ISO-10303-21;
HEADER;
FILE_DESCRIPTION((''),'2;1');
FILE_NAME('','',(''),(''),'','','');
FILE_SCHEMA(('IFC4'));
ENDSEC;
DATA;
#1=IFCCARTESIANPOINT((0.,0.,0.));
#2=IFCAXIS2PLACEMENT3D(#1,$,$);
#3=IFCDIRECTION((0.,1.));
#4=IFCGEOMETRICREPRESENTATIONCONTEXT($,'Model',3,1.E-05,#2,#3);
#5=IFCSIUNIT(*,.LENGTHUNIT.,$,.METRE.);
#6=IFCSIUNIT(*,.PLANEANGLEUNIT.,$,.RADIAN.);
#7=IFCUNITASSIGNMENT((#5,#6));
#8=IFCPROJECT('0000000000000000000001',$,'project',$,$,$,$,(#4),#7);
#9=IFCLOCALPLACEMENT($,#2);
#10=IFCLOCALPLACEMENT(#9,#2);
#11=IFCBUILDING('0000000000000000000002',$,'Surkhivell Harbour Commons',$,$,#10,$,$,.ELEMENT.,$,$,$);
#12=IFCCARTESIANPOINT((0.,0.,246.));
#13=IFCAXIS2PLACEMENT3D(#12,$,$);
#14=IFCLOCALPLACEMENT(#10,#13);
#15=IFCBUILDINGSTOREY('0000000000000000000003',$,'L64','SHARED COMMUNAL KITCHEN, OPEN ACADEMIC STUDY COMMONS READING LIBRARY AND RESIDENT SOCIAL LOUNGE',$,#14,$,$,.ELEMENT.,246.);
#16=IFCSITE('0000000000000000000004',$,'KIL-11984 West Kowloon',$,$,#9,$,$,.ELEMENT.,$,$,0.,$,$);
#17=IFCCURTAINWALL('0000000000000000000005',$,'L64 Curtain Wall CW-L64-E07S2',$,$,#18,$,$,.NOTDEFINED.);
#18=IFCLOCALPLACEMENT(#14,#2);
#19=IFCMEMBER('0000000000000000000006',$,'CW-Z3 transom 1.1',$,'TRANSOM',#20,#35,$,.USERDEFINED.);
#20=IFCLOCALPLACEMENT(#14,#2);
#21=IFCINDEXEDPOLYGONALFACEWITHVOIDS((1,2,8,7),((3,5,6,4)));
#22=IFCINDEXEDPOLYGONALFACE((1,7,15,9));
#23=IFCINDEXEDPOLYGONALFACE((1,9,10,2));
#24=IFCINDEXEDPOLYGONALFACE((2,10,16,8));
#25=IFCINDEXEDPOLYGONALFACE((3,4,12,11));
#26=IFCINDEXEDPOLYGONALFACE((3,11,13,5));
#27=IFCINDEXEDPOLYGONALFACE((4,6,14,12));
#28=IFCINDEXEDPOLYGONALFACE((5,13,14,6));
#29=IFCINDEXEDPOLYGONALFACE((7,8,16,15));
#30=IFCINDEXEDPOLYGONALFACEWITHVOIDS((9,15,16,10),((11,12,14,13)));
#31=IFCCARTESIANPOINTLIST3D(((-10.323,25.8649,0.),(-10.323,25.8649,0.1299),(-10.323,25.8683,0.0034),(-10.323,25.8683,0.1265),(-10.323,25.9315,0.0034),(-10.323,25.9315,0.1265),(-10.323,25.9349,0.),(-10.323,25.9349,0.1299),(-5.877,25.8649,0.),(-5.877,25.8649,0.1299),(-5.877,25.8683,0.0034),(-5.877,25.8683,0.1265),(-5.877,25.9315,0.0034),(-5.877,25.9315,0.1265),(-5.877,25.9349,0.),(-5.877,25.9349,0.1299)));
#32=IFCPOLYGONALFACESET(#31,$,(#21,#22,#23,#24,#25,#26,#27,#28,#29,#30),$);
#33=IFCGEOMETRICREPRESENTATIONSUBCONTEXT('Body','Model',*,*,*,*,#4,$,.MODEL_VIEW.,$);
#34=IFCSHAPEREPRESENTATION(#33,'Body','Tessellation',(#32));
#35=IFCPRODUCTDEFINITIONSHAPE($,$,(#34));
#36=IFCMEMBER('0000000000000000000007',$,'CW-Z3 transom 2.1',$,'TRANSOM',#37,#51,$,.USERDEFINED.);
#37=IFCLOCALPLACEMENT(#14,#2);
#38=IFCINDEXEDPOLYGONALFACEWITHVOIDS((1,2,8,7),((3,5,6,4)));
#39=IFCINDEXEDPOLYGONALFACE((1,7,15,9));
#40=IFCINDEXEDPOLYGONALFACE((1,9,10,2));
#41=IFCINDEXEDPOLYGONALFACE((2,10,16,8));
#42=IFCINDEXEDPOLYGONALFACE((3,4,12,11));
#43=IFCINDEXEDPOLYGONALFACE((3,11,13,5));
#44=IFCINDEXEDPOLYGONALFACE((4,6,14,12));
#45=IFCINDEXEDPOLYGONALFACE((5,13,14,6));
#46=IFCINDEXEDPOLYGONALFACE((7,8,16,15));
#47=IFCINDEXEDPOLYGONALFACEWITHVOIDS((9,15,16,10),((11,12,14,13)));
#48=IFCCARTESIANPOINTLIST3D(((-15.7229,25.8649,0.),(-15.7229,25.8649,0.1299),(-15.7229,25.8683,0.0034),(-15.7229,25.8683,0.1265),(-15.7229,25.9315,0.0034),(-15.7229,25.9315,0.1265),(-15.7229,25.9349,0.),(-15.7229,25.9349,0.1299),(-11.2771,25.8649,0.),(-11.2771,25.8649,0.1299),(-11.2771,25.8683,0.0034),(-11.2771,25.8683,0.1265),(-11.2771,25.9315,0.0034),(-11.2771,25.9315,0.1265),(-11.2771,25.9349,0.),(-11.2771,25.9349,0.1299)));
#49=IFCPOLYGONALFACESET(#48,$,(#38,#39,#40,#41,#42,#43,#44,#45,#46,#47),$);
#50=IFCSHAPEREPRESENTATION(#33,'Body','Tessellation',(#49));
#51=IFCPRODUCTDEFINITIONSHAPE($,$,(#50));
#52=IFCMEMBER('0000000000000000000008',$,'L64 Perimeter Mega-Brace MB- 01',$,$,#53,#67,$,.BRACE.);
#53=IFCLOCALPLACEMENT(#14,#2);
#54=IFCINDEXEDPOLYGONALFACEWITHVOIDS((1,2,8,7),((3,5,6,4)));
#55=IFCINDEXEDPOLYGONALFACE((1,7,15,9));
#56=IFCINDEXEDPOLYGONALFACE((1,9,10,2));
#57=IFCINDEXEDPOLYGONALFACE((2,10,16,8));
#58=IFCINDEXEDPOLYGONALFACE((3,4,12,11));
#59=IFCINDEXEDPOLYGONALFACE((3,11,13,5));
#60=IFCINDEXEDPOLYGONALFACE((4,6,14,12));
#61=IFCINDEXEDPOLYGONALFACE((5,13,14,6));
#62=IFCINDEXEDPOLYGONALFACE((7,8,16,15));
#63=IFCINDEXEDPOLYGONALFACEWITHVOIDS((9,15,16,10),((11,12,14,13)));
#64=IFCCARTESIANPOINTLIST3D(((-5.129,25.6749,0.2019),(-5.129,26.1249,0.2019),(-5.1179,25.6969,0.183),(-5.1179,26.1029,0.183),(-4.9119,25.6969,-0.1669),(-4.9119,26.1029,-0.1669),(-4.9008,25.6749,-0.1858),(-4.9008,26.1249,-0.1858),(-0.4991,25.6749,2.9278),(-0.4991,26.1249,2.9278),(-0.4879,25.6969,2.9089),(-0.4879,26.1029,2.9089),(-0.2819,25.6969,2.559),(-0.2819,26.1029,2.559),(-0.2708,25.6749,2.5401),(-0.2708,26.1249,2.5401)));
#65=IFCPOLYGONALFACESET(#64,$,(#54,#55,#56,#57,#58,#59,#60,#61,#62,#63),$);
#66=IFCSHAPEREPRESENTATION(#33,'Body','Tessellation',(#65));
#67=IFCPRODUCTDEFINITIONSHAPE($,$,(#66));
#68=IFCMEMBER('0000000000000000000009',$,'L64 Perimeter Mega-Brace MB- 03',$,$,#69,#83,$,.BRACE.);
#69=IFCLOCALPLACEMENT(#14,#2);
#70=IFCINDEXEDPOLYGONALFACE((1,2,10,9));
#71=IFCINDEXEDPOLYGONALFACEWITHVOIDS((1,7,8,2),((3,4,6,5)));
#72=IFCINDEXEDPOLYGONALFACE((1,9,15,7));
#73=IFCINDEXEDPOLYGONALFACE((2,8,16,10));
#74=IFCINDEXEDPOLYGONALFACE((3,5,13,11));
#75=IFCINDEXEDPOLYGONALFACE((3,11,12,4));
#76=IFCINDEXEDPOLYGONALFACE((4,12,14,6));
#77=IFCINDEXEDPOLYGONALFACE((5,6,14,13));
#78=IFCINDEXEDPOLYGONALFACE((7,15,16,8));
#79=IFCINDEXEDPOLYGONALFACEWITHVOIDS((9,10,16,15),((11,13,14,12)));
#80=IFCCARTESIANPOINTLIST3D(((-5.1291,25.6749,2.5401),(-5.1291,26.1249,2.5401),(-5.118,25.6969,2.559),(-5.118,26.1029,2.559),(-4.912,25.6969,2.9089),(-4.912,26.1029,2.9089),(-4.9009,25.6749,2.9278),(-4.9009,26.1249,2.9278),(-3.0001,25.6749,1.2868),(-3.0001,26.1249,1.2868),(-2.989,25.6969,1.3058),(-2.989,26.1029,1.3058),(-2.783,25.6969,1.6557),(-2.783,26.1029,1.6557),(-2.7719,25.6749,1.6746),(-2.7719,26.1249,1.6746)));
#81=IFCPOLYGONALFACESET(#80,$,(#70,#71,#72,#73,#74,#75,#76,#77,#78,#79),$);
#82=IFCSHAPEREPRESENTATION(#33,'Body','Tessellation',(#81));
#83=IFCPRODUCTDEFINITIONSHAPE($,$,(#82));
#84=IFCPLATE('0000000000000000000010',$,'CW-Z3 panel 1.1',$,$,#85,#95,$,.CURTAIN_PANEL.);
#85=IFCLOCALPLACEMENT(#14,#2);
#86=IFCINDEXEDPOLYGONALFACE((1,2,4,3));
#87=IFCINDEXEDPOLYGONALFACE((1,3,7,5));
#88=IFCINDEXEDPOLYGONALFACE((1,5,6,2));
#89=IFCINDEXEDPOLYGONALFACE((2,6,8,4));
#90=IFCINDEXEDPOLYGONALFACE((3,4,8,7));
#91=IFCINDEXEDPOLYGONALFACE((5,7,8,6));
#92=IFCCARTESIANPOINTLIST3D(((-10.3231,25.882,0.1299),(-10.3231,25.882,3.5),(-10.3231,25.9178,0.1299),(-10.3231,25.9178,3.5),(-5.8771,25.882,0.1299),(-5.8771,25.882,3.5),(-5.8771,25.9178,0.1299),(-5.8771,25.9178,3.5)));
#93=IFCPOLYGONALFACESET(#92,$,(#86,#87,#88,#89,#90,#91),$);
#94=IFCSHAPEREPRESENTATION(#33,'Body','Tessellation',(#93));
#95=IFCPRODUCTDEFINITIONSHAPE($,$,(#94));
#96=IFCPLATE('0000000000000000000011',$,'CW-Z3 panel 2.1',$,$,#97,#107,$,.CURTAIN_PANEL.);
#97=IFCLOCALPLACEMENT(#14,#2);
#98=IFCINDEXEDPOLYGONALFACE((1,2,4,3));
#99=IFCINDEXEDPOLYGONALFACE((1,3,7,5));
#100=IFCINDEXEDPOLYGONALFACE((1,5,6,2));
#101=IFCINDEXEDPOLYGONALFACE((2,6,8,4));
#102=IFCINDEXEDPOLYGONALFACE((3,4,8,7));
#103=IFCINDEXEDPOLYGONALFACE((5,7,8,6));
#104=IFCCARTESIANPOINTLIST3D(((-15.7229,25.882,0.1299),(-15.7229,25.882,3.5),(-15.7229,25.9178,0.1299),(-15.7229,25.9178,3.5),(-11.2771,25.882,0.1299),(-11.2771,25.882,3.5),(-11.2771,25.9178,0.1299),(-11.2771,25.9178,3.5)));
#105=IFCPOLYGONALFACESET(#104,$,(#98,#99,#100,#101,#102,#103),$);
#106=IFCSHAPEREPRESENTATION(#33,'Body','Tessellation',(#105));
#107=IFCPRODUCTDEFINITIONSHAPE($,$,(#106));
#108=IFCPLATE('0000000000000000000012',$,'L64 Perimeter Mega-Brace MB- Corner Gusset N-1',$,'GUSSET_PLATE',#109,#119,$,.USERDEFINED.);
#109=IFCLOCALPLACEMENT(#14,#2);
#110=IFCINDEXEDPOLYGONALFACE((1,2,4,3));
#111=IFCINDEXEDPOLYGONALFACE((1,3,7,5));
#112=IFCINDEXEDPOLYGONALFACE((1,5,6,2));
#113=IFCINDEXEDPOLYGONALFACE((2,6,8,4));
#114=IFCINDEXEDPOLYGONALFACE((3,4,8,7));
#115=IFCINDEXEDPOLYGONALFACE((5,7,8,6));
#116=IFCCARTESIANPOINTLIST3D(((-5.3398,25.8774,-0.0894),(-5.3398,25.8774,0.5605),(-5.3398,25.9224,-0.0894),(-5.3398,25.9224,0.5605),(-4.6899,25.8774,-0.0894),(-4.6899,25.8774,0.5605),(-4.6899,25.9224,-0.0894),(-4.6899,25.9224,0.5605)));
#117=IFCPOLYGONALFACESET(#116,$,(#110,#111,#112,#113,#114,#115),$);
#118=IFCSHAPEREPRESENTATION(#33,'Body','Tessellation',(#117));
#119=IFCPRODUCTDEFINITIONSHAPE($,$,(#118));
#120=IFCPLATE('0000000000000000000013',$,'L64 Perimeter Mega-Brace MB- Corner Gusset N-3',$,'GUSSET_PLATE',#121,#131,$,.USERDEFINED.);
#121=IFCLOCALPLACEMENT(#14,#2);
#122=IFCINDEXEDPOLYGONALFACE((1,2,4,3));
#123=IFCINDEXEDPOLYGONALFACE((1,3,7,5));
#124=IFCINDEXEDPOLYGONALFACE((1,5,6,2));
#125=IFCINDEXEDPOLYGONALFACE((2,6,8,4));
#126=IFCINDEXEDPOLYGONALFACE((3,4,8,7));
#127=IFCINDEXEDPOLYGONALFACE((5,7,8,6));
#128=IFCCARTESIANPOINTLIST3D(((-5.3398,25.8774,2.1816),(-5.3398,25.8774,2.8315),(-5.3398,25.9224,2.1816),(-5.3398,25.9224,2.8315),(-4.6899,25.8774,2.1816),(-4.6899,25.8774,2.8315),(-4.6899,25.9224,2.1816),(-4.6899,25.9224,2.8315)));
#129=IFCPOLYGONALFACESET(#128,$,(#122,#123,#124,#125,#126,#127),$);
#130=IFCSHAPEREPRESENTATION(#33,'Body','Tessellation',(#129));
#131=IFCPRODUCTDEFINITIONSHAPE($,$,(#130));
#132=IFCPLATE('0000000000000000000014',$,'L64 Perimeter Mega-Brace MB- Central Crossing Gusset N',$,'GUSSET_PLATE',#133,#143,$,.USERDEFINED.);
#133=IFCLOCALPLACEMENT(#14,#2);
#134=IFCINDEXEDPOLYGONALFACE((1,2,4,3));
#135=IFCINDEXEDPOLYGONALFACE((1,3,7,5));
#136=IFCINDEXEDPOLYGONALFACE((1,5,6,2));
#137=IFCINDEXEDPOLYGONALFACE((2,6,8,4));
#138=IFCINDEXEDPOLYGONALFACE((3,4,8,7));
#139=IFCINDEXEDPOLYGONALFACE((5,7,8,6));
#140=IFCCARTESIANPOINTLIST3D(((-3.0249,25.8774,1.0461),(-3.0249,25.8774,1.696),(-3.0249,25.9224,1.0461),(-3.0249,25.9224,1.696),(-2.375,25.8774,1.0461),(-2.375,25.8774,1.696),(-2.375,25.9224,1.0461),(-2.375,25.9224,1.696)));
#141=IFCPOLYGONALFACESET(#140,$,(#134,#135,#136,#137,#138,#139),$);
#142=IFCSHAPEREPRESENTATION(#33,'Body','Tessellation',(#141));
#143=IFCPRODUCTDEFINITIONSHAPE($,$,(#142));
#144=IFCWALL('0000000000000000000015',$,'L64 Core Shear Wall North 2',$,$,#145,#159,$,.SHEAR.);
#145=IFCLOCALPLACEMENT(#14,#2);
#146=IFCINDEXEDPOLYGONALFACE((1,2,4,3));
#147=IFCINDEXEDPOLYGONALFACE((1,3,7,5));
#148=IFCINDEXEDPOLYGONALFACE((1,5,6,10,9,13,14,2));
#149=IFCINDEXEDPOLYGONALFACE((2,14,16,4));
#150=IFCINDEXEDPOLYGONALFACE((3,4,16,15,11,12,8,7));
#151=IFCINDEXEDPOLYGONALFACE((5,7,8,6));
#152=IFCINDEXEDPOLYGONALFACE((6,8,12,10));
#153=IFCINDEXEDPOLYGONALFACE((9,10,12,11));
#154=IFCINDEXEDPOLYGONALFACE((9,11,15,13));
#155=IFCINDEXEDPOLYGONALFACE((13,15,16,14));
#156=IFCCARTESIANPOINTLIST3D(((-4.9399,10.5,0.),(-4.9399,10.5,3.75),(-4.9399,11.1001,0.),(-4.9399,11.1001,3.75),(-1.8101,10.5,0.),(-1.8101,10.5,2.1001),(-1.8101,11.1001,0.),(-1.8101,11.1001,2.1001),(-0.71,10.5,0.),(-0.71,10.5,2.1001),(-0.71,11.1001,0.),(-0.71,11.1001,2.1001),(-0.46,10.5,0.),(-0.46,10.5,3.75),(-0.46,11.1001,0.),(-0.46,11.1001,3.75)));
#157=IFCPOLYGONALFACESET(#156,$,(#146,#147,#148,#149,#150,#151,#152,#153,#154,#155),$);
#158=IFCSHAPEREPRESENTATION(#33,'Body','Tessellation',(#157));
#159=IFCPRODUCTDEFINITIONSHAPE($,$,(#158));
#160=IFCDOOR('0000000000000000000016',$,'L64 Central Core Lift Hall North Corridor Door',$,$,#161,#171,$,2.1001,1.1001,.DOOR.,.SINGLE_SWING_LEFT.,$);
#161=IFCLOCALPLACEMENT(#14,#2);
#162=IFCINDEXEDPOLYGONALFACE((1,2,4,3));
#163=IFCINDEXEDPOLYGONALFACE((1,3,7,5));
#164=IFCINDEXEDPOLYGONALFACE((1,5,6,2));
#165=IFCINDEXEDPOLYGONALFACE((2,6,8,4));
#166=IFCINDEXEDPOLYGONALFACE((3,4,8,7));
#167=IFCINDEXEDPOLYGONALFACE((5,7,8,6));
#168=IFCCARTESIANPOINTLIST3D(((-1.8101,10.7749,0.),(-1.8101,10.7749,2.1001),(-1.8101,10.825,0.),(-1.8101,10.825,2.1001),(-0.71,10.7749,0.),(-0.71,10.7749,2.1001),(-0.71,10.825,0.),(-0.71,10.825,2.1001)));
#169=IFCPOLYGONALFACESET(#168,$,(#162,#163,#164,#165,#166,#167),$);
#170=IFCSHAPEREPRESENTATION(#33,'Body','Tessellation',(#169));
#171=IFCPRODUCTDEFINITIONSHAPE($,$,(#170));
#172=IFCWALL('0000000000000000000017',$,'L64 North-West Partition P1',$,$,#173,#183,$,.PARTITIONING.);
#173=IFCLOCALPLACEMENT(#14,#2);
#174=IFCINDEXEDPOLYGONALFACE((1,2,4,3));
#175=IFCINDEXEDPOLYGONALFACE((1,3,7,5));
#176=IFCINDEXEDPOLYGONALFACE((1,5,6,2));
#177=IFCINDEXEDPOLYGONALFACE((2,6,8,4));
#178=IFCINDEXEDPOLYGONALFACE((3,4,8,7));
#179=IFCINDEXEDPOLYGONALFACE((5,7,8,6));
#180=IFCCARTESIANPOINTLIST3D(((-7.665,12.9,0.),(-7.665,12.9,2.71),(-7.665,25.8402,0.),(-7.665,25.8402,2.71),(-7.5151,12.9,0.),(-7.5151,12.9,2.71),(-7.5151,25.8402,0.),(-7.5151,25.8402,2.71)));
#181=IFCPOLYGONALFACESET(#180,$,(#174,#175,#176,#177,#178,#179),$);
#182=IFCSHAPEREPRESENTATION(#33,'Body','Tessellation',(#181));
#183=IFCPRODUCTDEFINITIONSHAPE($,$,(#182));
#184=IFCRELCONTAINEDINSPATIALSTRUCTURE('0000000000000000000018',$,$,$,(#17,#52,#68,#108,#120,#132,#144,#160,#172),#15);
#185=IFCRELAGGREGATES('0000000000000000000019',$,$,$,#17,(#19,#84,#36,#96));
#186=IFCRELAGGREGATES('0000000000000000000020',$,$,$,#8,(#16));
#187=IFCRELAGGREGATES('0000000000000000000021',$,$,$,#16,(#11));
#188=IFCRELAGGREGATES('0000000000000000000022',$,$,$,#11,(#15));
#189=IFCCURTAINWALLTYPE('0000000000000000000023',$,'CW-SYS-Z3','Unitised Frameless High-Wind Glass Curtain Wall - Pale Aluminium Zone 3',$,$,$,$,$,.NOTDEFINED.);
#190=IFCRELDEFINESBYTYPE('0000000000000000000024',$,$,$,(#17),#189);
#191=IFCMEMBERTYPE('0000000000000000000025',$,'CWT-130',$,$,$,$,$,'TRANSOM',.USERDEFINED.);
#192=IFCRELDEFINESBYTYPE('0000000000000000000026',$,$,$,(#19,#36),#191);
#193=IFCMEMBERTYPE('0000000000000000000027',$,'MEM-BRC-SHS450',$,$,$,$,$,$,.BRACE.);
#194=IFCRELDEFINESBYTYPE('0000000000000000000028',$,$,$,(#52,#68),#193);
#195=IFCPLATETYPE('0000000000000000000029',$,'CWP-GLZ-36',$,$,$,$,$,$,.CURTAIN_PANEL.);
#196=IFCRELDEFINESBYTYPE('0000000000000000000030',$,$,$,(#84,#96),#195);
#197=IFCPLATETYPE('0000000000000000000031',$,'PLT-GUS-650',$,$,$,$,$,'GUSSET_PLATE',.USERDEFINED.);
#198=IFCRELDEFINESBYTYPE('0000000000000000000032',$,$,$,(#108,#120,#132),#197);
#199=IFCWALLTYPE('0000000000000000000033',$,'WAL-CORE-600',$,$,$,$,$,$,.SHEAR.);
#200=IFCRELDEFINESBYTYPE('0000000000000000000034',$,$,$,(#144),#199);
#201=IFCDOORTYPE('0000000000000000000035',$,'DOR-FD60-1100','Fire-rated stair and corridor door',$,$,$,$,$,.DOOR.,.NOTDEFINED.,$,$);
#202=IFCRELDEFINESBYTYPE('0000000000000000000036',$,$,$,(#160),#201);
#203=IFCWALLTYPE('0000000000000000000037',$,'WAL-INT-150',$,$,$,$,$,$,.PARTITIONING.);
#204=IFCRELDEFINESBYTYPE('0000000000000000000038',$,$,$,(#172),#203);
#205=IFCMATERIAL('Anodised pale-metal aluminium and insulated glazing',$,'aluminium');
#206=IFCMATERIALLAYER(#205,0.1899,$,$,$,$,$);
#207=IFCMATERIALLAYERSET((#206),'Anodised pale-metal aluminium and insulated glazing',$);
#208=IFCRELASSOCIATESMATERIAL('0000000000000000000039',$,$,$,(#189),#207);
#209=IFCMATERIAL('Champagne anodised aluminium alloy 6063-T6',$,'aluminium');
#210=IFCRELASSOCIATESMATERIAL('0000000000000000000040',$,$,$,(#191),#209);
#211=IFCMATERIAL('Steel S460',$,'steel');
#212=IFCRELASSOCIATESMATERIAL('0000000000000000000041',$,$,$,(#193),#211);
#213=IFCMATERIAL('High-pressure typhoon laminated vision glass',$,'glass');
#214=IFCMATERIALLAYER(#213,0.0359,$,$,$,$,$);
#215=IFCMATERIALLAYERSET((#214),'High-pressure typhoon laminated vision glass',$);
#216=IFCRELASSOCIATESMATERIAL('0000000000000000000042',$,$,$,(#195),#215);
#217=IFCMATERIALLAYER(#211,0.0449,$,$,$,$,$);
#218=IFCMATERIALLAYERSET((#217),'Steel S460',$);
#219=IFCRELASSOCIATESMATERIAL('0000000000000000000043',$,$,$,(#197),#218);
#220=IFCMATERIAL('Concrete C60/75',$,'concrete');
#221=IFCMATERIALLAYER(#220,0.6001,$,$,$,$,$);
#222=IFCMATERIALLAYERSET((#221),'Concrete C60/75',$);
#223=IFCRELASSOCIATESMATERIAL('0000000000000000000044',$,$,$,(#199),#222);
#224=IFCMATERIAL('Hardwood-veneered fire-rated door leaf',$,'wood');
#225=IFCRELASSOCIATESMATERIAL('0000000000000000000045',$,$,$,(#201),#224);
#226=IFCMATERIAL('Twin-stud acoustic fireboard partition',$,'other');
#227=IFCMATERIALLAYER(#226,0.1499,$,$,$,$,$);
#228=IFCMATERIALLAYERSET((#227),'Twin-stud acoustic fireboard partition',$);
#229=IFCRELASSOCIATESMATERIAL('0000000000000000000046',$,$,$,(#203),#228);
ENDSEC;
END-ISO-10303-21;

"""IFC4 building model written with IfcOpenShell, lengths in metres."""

from ifc_helpers import new_model, si_unit, direction, frame, frame_2d, origin, origin_2d, place, context, subcontext, project, spatial, rectangle, hollow_rectangle, extrude, material, layer, layer_set, material_profile, profile_set, type_object, element, fill, aggregate, save


model = new_model("IFC4")

# Units and contexts
model_context = context("Model", 3, precision=1e-05, world=origin(), true_north=direction((0.0, 1.0)))
body_context = subcontext(model_context, "Body", "Model", "MODEL_VIEW")
ifc_project = project(units=[si_unit("LENGTHUNIT", "METRE"), si_unit("PLANEANGLEUNIT", "RADIAN")], contexts=[model_context])

# Site, building, storey
site_placement = place(None, origin())
site = spatial("IfcSite", under=ifc_project, at=site_placement, Name="KIL-11984 West Kowloon", CompositionType="ELEMENT", RefElevation=0.0)
building_placement = place(site_placement, origin())
building = spatial("IfcBuilding", under=site, at=building_placement, Name="Surkhivell Harbour Commons", CompositionType="ELEMENT")
storey_placement = place(building_placement, frame((0.0, 0.0, 246.0)))
storey = spatial("IfcBuildingStorey", under=building, at=storey_placement, Name="L64", Description="SHARED COMMUNAL KITCHEN, OPEN ACADEMIC STUDY COMMONS READING LIBRARY AND RESIDENT SOCIAL LOUNGE", CompositionType="ELEMENT", Elevation=246.0)

# Curtain wall, members
ifc_material_1 = material(Name="Anodised pale-metal aluminium and insulated glazing", Category="aluminium")
ifc_layer_1 = layer(ifc_material_1, 0.1899)
ifc_layer_set_1 = layer_set([ifc_layer_1], Name="Anodised pale-metal aluminium and insulated glazing")
curtain_wall_type = type_object("IfcCurtainWallType", Name="CW-SYS-Z3", Description="Unitised Frameless High-Wind Glass Curtain Wall - Pale Aluminium Zone 3", PredefinedType="NOTDEFINED", material=ifc_layer_set_1)
curtain_wall_placement = place(storey_placement, origin())
curtain_wall = element("IfcCurtainWall", 1, at=curtain_wall_placement, inside=storey, type_object=curtain_wall_type, Name="L64 Curtain Wall CW-L64-E07S2", PredefinedType="NOTDEFINED")
ifc_material_2 = material(Name="Champagne anodised aluminium alloy 6063-T6", Category="aluminium")
ifc_material_profile_1 = material_profile(ifc_material_2, hollow_rectangle(XDim=0.0701, YDim=0.1299, WallThickness=0.0034, at=origin_2d()), Name="ALU-TRAN-70x130")
ifc_profile_set_1 = profile_set([ifc_material_profile_1], Name="Champagne anodised aluminium alloy 6063-T6")
member_type_1 = type_object("IfcMemberType", Name="CWT-130", ElementType="TRANSOM", PredefinedType="USERDEFINED", material=ifc_profile_set_1)
member_1_placement = place(storey_placement, frame((-5.877, 25.8999, 0.0649), z_axis=(-1.0, 0.0, 0.0), x_axis=(0.0, -1.0, 0.0)))
member_1 = element("IfcMember", 2, at=member_1_placement, type_object=member_type_1, Name="CW-Z3 transom 1.1", ObjectType="TRANSOM", PredefinedType="USERDEFINED", context=body_context, shape_type="SweptSolid", body=[
    extrude(hollow_rectangle(XDim=0.0701, YDim=0.1299, WallThickness=0.0034, at=origin_2d()), origin(), (0.0, 0.0, 1.0), 4.446),
])
member_2_placement = place(storey_placement, frame((-11.2771, 25.8999, 0.0649), z_axis=(-1.0, 0.0, 0.0), x_axis=(0.0, -1.0, 0.0)))
member_2 = element("IfcMember", 3, at=member_2_placement, type_object=member_type_1, Name="CW-Z3 transom 2.1", ObjectType="TRANSOM", PredefinedType="USERDEFINED", context=body_context, shape_type="SweptSolid", body=[
    extrude(hollow_rectangle(XDim=0.0701, YDim=0.1299, WallThickness=0.0034, at=origin_2d()), origin(), (0.0, 0.0, 1.0), 4.4458),
])

# Members
ifc_material_3 = material(Name="Steel S460", Category="steel")
ifc_material_profile_2 = material_profile(ifc_material_3, hollow_rectangle(XDim=0.45, YDim=0.45, WallThickness=0.022, at=origin_2d()), Name="SHS450x450x22")
ifc_profile_set_2 = profile_set([ifc_material_profile_2], Name="Steel S460")
member_type_2 = type_object("IfcMemberType", Name="MEM-BRC-SHS450", PredefinedType="BRACE", material=ifc_profile_set_2)
member_3_placement = place(storey_placement, frame((-5.0149, 25.8999, 0.0081), z_axis=(0.861741, 0.0, 0.507348), x_axis=(0.0, 1.0, 0.0)))
element("IfcMember", 4, at=member_3_placement, inside=storey, type_object=member_type_2, Name="L64 Perimeter Mega-Brace MB- 01", PredefinedType="BRACE", context=body_context, shape_type="SweptSolid", body=[
    extrude(hollow_rectangle(XDim=0.45, YDim=0.45, WallThickness=0.022, at=origin_2d()), origin(), (0.0, 0.0, 1.0), 5.3728),
])
member_4_placement = place(storey_placement, frame((-2.886, 25.8999, 1.4807), z_axis=(-0.861779, 0.0, 0.507284), x_axis=(0.0, -1.0, 0.0)))
element("IfcMember", 5, at=member_4_placement, inside=storey, type_object=member_type_2, Name="L64 Perimeter Mega-Brace MB- 03", PredefinedType="BRACE", context=body_context, shape_type="SweptSolid", body=[
    extrude(hollow_rectangle(XDim=0.45, YDim=0.45, WallThickness=0.022, at=origin_2d()), origin(), (0.0, 0.0, 1.0), 2.4705),
])

# Plates
ifc_material_4 = material(Name="High-pressure typhoon laminated vision glass", Category="glass")
ifc_layer_2 = layer(ifc_material_4, 0.0359)
ifc_layer_set_2 = layer_set([ifc_layer_2], Name="High-pressure typhoon laminated vision glass")
plate_type_1 = type_object("IfcPlateType", Name="CWP-GLZ-36", PredefinedType="CURTAIN_PANEL", material=ifc_layer_set_2)
plate_1_placement = place(storey_placement, frame((-5.877, 25.8999, 0.1299), z_axis=(0.0, 0.0, 1.0), x_axis=(-1.0, 0.0, 0.0)))
plate_1 = element("IfcPlate", 6, at=plate_1_placement, type_object=plate_type_1, Name="CW-Z3 panel 1.1", PredefinedType="CURTAIN_PANEL", context=body_context, shape_type="SweptSolid", body=[
    extrude(rectangle(XDim=4.446, YDim=0.0359, at=frame_2d((2.2231, 0.0))), origin(), (0.0, 0.0, 1.0), 3.3701),
])
plate_2_placement = place(storey_placement, frame((-11.2771, 25.8999, 0.1299), z_axis=(0.0, 0.0, 1.0), x_axis=(-1.0, 0.0, 0.0)))
plate_2 = element("IfcPlate", 7, at=plate_2_placement, type_object=plate_type_1, Name="CW-Z3 panel 2.1", PredefinedType="CURTAIN_PANEL", context=body_context, shape_type="SweptSolid", body=[
    extrude(rectangle(XDim=4.4458, YDim=0.0359, at=frame_2d((2.2229, 0.0))), origin(), (0.0, 0.0, 1.0), 3.3701),
])
aggregate(curtain_wall, [member_1, plate_1, member_2, plate_2])

# Plates
ifc_layer_3 = layer(ifc_material_3, 0.0449)
ifc_layer_set_3 = layer_set([ifc_layer_3], Name="Steel S460")
plate_type_2 = type_object("IfcPlateType", Name="PLT-GUS-650", ElementType="GUSSET_PLATE", PredefinedType="USERDEFINED", material=ifc_layer_set_3)
for number, where, z_axis, x_axis, name in (
    (8, (-5.0149, 25.8999, -0.0894), (0.0, 0.0, 1.0), (1.0, 0.0, 0.0), "L64 Perimeter Mega-Brace MB- Corner Gusset N-1"),
    (9, (-5.0149, 25.8999, 2.1816), (0.0, 0.0, 1.0), (1.0, 0.0, 0.0), "L64 Perimeter Mega-Brace MB- Corner Gusset N-3"),
    (10, (-2.7, 25.8999, 1.0461), (0.0, 0.0, 1.0), (1.0, 0.0, 0.0), "L64 Perimeter Mega-Brace MB- Central Crossing Gusset N"),
):
    element("IfcPlate", number, at=place(storey_placement, frame(where, z_axis=z_axis, x_axis=x_axis)), inside=storey, type_object=plate_type_2, Name=name, ObjectType="GUSSET_PLATE", PredefinedType="USERDEFINED", context=body_context, shape_type="SweptSolid", body=[
        extrude(rectangle(XDim=0.6499, YDim=0.0449, at=origin_2d()), origin(), (0.0, 0.0, 1.0), 0.6499),
    ])

# Wall, opening, door
ifc_material_5 = material(Name="Concrete C60/75", Category="concrete")
ifc_layer_4 = layer(ifc_material_5, 0.6001)
ifc_layer_set_4 = layer_set([ifc_layer_4], Name="Concrete C60/75")
wall_type_1 = type_object("IfcWallType", Name="WAL-CORE-600", PredefinedType="SHEAR", material=ifc_layer_set_4)
wall_1_placement = place(storey_placement, frame((-4.9399, 10.8, 0.0), z_axis=(0.0, 0.0, 1.0), x_axis=(1.0, 0.0, 0.0)))
wall_1 = element("IfcWall", 11, at=wall_1_placement, inside=storey, type_object=wall_type_1, Name="L64 Core Shear Wall North 2", PredefinedType="SHEAR", context=body_context, shape_type="SweptSolid", body=[
    extrude(rectangle(XDim=4.48, YDim=0.6001, at=frame_2d((2.24, 0.0))), origin(), (0.0, 0.0, 1.0), 3.75),
])
opening_1_placement = place(wall_1_placement, frame((3.1299, 0.0, 0.0)))
opening_1 = element("IfcOpeningElement", 12, at=opening_1_placement, cuts=wall_1, PredefinedType="OPENING", context=body_context, shape_type="SweptSolid", body=[
    extrude(rectangle(XDim=1.1001, YDim=2.1001, at=frame_2d((0.55, 1.05))), frame((0.0, 0.3101, 0.0), z_axis=(0.0, -1.0, 0.0), x_axis=(1.0, 0.0, 0.0)), (0.0, 0.0, 1.0), 0.6201),
])
ifc_material_6 = material(Name="Hardwood-veneered fire-rated door leaf", Category="wood")
door_type_1 = type_object("IfcDoorType", Name="DOR-FD60-1100", Description="Fire-rated stair and corridor door", OperationType="NOTDEFINED", PredefinedType="DOOR", material=ifc_material_6)
door_1_placement = place(opening_1_placement, origin())
door_1 = element("IfcDoor", 13, at=door_1_placement, inside=storey, type_object=door_type_1, Name="L64 Central Core Lift Hall North Corridor Door", OperationType="SINGLE_SWING_LEFT", OverallHeight=2.1001, OverallWidth=1.1001, PredefinedType="DOOR", context=body_context, shape_type="SweptSolid", body=[
    extrude(rectangle(XDim=1.1001, YDim=2.1001, at=frame_2d((0.55, 1.05))), frame((0.0, 0.0249, 0.0), z_axis=(0.0, -1.0, 0.0), x_axis=(1.0, 0.0, 0.0)), (0.0, 0.0, 1.0), 0.05),
])
fill(opening_1, door_1)

# Wall
ifc_material_7 = material(Name="Twin-stud acoustic fireboard partition", Category="other")
ifc_layer_5 = layer(ifc_material_7, 0.1499)
ifc_layer_set_5 = layer_set([ifc_layer_5], Name="Twin-stud acoustic fireboard partition")
wall_type_2 = type_object("IfcWallType", Name="WAL-INT-150", PredefinedType="PARTITIONING", material=ifc_layer_set_5)
wall_2_placement = place(storey_placement, frame((-7.5901, 12.8999, 0.0), z_axis=(0.0, 0.0, 1.0), x_axis=(0.0, 1.0, 0.0)))
element("IfcWall", 14, at=wall_2_placement, inside=storey, type_object=wall_type_2, Name="L64 North-West Partition P1", PredefinedType="PARTITIONING", context=body_context, shape_type="SweptSolid", body=[
    extrude(rectangle(XDim=12.9402, YDim=0.1499, at=frame_2d((6.4702, 0.0))), origin(), (0.0, 0.0, 1.0), 2.71),
])

save(model, "model.ifc")
